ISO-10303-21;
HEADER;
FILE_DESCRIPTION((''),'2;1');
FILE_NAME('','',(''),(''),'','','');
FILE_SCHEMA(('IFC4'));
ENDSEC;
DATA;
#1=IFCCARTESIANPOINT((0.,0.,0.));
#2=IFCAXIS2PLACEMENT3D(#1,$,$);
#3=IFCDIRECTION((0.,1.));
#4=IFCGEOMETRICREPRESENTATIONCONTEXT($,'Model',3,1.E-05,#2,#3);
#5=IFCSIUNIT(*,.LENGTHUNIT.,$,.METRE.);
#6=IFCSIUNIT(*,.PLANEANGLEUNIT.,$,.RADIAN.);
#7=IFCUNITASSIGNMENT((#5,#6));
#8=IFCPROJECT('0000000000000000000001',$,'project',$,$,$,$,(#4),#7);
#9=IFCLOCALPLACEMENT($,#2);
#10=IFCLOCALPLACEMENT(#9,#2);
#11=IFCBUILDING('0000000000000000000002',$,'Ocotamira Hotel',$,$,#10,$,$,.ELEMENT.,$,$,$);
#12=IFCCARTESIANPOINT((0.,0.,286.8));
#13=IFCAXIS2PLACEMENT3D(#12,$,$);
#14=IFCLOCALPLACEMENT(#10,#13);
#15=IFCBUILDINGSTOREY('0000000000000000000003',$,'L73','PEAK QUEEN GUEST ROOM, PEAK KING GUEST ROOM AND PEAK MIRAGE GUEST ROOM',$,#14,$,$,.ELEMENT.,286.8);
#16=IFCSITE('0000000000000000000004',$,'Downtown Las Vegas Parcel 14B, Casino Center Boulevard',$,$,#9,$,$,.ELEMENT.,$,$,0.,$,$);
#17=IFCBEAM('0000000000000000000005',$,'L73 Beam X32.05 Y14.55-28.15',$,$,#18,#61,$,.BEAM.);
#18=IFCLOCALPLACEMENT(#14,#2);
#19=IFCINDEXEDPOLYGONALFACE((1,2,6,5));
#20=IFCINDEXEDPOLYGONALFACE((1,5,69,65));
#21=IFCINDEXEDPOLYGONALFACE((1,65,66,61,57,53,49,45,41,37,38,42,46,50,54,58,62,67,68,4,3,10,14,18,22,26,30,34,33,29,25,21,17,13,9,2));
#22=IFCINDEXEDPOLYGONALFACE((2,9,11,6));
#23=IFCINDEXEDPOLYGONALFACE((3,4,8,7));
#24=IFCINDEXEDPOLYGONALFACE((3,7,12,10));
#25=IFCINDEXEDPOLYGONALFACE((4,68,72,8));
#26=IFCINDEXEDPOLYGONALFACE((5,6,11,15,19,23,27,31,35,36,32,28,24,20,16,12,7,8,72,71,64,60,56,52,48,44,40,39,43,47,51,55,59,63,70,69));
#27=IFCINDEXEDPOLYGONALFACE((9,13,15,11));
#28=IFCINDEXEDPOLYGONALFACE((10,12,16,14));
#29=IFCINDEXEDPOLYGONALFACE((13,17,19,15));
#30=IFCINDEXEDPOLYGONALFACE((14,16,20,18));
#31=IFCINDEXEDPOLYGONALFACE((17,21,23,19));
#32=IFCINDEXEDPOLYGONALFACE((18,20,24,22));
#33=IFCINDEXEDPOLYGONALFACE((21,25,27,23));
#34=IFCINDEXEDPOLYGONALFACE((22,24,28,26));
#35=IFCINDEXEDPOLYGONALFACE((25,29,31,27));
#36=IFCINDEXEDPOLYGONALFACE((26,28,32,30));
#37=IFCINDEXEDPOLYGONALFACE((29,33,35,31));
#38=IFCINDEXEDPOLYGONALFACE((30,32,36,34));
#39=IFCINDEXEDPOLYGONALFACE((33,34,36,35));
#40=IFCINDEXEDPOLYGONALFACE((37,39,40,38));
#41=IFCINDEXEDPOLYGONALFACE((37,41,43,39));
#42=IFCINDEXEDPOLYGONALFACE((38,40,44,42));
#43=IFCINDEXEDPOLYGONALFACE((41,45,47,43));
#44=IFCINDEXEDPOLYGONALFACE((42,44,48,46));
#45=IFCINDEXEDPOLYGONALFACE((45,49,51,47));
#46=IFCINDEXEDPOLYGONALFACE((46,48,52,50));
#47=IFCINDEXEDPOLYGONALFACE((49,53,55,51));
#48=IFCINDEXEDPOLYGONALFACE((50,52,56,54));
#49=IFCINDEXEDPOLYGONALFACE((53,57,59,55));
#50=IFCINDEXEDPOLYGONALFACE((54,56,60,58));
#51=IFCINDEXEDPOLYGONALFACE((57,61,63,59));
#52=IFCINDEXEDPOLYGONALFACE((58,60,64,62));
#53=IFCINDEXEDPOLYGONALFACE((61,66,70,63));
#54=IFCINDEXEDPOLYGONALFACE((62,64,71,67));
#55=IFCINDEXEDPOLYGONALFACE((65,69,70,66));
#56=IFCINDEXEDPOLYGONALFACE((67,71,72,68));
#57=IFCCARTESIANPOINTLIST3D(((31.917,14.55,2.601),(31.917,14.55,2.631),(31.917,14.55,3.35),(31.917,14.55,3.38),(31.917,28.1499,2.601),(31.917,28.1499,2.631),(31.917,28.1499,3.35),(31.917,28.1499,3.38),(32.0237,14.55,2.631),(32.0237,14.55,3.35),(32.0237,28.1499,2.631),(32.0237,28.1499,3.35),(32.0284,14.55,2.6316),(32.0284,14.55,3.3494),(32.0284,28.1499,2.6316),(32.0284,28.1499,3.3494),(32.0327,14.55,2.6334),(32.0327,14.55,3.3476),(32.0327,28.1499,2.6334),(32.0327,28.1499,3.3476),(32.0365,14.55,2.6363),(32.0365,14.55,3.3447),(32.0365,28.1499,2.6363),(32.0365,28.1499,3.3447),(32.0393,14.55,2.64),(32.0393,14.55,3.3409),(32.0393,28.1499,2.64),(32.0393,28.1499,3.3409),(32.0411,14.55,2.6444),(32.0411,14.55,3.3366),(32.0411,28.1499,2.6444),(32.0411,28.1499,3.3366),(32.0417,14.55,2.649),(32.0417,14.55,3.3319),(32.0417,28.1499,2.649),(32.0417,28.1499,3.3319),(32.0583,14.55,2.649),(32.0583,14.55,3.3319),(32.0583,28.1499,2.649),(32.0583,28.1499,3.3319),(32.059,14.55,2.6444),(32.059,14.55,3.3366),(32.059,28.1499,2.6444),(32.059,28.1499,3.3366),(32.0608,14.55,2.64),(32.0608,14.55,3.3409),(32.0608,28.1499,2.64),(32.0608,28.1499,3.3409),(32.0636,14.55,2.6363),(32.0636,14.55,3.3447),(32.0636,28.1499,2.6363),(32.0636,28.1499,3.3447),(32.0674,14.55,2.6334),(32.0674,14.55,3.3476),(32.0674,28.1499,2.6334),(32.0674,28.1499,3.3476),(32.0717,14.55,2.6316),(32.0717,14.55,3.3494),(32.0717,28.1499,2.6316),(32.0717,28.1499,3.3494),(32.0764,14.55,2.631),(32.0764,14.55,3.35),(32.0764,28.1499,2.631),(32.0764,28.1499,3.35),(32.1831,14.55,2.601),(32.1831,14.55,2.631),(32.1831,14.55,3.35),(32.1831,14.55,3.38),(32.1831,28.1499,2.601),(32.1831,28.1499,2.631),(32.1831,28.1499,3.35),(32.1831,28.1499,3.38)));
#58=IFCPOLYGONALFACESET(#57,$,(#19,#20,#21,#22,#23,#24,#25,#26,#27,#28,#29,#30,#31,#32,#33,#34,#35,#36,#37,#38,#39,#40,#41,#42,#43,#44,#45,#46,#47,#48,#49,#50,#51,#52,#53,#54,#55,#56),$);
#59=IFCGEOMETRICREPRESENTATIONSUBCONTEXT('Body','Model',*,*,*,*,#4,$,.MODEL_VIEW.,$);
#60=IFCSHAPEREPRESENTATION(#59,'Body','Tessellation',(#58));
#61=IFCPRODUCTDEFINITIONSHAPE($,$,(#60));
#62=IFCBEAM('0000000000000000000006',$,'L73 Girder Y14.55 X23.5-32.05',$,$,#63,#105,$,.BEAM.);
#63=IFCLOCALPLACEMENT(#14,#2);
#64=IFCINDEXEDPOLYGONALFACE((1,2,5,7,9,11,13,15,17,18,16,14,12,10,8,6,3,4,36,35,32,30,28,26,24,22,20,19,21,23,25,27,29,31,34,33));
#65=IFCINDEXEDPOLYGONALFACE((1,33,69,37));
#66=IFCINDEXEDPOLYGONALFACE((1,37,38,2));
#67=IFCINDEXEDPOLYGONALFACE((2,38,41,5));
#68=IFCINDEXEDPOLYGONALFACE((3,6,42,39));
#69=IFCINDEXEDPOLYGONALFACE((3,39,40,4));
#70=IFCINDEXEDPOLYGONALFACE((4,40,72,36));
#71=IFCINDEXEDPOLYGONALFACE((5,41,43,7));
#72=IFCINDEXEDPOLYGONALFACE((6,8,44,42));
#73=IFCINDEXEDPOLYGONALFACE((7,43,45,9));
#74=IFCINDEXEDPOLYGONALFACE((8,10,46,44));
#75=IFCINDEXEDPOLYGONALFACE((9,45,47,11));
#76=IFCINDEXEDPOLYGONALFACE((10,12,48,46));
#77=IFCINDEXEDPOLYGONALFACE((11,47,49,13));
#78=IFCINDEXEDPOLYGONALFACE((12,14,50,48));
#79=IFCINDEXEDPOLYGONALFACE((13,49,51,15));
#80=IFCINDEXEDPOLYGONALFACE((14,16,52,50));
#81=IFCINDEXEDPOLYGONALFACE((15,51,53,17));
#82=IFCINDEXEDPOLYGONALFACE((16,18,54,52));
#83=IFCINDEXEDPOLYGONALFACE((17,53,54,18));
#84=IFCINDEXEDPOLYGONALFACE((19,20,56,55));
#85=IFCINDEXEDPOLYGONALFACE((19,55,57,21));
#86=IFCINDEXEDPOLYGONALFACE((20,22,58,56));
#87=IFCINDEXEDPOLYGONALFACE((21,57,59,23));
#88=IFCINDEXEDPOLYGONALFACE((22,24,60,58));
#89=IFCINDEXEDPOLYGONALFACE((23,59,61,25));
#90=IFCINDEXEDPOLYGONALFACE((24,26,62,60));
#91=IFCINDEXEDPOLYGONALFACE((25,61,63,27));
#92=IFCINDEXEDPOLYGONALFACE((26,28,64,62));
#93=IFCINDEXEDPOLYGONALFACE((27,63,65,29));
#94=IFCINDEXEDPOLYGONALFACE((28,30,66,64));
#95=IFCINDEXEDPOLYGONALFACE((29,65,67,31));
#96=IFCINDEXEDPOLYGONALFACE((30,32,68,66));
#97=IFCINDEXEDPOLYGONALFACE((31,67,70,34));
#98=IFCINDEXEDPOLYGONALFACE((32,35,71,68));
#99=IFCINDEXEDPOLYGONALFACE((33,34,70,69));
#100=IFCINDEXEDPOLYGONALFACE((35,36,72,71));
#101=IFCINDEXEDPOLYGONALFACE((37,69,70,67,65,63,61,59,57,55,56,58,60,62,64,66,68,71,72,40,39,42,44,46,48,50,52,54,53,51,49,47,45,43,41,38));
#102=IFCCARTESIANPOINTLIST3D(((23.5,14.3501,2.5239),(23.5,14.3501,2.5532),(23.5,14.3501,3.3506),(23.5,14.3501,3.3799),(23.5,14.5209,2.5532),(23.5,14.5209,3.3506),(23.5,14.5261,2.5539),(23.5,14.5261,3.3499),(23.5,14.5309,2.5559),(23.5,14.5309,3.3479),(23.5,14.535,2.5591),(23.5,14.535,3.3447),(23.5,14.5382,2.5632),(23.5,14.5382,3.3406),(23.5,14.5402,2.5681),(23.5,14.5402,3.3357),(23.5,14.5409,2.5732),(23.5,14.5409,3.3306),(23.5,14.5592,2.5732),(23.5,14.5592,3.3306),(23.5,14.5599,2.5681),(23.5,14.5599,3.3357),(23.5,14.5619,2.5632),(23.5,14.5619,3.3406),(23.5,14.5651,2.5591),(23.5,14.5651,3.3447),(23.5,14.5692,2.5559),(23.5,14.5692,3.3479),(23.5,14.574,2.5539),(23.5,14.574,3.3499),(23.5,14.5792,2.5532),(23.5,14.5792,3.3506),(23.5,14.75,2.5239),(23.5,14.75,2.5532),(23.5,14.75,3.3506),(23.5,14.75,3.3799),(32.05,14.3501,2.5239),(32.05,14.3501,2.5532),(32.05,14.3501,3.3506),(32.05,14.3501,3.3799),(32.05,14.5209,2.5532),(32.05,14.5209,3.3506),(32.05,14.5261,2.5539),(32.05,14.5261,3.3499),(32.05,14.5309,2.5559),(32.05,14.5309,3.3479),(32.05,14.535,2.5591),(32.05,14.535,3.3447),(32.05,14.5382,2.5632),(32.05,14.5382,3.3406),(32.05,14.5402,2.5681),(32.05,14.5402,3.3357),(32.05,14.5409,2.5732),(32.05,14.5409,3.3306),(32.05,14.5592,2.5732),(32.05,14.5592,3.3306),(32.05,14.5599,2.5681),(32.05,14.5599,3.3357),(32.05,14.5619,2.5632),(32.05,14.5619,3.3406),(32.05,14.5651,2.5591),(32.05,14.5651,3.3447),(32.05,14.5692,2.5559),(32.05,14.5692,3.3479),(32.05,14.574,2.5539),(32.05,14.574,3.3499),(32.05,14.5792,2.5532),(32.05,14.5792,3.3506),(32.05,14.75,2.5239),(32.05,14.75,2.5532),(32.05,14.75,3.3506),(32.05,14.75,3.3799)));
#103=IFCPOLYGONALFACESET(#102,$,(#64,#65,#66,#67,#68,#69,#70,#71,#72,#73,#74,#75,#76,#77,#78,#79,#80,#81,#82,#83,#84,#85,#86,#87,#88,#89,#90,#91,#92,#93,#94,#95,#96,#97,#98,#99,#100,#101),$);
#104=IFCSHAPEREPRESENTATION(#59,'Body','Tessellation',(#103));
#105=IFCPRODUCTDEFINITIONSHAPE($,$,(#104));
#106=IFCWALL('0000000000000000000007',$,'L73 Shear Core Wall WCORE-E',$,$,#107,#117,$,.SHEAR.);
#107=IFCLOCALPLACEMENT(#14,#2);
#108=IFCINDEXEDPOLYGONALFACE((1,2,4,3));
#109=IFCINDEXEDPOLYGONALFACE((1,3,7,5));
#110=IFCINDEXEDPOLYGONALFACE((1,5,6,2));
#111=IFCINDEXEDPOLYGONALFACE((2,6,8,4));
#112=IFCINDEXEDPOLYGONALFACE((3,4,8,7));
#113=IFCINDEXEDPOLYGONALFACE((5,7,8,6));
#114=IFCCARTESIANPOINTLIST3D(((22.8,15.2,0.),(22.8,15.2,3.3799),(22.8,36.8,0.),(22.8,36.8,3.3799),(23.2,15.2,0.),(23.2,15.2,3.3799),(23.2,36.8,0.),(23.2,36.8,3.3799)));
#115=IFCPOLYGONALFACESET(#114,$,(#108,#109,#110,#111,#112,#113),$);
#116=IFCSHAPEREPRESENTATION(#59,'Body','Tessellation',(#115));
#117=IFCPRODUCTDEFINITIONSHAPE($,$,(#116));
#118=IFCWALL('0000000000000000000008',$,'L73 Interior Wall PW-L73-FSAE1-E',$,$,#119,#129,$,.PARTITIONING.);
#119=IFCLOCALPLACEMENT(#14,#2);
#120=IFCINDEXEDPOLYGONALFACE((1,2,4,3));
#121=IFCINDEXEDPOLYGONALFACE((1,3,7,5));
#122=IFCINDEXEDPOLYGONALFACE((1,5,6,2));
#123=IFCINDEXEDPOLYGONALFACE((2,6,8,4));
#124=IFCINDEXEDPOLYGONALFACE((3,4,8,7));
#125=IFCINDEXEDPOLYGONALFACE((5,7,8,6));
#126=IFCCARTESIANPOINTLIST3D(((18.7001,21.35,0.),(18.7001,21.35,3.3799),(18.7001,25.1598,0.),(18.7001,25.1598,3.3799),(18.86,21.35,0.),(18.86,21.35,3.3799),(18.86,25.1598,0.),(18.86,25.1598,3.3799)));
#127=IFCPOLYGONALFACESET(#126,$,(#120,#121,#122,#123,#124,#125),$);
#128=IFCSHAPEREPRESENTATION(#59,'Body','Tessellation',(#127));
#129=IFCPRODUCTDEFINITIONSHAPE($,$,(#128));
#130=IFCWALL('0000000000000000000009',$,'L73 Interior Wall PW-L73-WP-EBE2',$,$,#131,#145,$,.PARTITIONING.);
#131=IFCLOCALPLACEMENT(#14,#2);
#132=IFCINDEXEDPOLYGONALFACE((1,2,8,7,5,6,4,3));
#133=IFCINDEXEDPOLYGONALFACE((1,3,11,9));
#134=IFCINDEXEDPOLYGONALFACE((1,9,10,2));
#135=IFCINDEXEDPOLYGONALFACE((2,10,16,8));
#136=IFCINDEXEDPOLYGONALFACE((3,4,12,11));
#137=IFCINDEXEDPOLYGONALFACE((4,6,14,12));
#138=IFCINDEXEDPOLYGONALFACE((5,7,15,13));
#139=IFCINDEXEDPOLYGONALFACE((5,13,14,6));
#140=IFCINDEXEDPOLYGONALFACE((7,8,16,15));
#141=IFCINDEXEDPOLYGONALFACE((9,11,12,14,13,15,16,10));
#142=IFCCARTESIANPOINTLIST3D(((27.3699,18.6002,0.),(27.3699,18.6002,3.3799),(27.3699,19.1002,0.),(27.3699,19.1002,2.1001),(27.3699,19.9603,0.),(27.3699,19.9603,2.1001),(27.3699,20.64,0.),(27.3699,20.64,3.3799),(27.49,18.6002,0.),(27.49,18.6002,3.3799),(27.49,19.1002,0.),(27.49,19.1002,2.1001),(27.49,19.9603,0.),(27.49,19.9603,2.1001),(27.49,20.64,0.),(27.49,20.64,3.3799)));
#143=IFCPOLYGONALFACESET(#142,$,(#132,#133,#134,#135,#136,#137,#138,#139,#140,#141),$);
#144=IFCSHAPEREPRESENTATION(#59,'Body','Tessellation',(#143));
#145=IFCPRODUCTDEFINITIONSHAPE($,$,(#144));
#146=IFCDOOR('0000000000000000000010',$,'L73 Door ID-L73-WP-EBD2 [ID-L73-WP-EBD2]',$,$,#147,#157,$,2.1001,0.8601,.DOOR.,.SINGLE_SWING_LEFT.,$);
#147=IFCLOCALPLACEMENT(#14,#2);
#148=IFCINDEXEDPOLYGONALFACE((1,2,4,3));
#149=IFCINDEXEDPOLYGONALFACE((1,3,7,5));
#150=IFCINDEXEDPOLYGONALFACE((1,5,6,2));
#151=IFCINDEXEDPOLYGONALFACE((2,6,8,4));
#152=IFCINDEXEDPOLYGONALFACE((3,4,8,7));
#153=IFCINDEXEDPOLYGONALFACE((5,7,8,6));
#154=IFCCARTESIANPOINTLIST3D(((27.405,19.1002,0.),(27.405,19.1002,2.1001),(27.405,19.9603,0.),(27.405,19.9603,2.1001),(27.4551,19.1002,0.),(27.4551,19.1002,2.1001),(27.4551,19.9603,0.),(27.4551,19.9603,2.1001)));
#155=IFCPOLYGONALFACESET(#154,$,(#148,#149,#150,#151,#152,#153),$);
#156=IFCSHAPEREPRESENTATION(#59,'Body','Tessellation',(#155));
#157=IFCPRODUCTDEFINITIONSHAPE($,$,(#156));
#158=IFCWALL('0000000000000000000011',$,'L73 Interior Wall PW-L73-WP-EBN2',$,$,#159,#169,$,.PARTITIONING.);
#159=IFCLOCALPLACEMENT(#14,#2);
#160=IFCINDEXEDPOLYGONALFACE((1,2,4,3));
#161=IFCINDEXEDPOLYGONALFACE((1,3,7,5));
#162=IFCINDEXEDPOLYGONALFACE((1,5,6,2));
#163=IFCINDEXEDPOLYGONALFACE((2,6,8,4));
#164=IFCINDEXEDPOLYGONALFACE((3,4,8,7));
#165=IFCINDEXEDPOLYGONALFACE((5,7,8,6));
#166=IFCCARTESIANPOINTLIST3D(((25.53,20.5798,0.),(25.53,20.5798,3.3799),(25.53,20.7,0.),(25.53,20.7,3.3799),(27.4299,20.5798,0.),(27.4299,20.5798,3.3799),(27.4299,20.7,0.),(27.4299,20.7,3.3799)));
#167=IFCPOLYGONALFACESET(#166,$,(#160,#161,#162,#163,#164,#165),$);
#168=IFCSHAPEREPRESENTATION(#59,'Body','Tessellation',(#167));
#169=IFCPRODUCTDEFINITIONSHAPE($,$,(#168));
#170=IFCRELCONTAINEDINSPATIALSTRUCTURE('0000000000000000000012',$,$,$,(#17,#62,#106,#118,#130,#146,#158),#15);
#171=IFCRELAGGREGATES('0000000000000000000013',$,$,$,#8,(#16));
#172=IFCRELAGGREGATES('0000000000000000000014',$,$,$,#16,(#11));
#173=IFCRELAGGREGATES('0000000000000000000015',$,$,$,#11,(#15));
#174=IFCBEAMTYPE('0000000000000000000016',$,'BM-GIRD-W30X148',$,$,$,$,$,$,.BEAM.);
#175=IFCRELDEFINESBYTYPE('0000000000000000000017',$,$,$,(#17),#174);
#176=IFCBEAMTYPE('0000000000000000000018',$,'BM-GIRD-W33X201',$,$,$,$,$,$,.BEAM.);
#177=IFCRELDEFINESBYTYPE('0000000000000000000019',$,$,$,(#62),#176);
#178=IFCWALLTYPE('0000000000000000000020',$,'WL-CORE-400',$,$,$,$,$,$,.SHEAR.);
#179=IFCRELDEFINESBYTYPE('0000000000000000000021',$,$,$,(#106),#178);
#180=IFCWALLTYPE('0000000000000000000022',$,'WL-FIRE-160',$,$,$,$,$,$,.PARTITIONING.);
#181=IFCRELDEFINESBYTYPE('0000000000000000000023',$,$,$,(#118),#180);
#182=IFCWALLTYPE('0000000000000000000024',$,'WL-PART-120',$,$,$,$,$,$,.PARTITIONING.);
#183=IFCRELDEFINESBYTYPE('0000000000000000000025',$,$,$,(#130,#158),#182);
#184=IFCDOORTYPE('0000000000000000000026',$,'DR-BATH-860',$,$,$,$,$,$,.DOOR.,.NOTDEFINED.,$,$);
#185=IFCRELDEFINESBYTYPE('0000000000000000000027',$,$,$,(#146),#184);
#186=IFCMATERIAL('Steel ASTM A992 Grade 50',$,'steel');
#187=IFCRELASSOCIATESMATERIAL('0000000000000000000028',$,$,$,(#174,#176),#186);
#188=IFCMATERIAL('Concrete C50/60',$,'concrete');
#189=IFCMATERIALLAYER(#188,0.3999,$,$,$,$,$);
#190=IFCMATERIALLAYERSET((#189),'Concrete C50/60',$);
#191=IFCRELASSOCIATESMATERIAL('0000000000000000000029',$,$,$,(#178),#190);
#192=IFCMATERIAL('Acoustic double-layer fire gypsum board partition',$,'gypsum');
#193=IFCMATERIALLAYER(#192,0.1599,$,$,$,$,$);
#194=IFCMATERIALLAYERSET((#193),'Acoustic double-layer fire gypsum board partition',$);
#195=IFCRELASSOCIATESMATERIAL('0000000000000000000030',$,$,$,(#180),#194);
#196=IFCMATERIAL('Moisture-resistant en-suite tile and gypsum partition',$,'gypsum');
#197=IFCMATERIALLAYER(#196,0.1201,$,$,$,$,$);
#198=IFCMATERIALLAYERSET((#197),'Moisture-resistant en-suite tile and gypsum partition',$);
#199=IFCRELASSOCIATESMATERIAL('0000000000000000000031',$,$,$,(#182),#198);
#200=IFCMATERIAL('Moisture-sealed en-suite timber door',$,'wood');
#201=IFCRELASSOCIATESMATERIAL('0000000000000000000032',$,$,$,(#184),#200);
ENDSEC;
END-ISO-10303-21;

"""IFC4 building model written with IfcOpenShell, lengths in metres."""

from ifc_helpers import new_model, si_unit, direction, frame, frame_2d, origin, origin_2d, place, context, subcontext, project, spatial, rectangle, i_section, extrude, source, transform, mapped, material, layer, layer_set, material_profile, profile_set, type_object, element, fill, save


model = new_model("IFC4")

# Units and contexts
model_context = context("Model", 3, precision=1e-05, world=origin(), true_north=direction((0.0, 1.0)))
body_context = subcontext(model_context, "Body", "Model", "MODEL_VIEW")
ifc_project = project(units=[si_unit("LENGTHUNIT", "METRE"), si_unit("PLANEANGLEUNIT", "RADIAN")], contexts=[model_context])

# Site, building, storey
site_placement = place(None, origin())
site = spatial("IfcSite", under=ifc_project, at=site_placement, Name="Downtown Las Vegas Parcel 14B, Casino Center Boulevard", CompositionType="ELEMENT", RefElevation=0.0)
building_placement = place(site_placement, origin())
building = spatial("IfcBuilding", under=site, at=building_placement, Name="Ocotamira Hotel", CompositionType="ELEMENT")
storey_placement = place(building_placement, frame((0.0, 0.0, 286.8)))
storey = spatial("IfcBuildingStorey", under=building, at=storey_placement, Name="L73", Description="PEAK QUEEN GUEST ROOM, PEAK KING GUEST ROOM AND PEAK MIRAGE GUEST ROOM", CompositionType="ELEMENT", Elevation=286.8)

# Shared definitions
ifc_material_1 = material(Name="Steel ASTM A992 Grade 50", Category="steel")

# Beams
ifc_material_profile_1 = material_profile(ifc_material_1, i_section(OverallWidth=0.2661, OverallDepth=0.7791, WebThickness=0.0166, FlangeThickness=0.03, FilletRadius=0.0181, at=origin_2d()), Name="W30X148")
ifc_profile_set_1 = profile_set([ifc_material_profile_1], Name="Steel ASTM A992 Grade 50")
beam_type_1 = type_object("IfcBeamType", Name="BM-GIRD-W30X148", PredefinedType="BEAM", material=ifc_profile_set_1)
shared_shape_1 = source(origin(), body_context, "Body", "SweptSolid", [
    extrude(i_section(OverallWidth=0.2661, OverallDepth=0.7791, WebThickness=0.0166, FlangeThickness=0.03, FilletRadius=0.0181, at=origin_2d()), origin(), (0.0, 0.0, 1.0), 13.5999),
])
for number, where, z_axis, x_axis, name in (
    (1, (32.05, 14.55, 2.9905), (0.0, 1.0, 0.0), (-1.0, 0.0, 0.0), "L73 Beam X32.05 Y14.55-28.15"),
):
    element("IfcBeam", number, at=place(storey_placement, frame(where, z_axis=z_axis, x_axis=x_axis)), inside=storey, type_object=beam_type_1, Name=name, PredefinedType="BEAM", context=body_context, shape_type="MappedRepresentation", body=[
        mapped(shared_shape_1, transform((0.0, 0.0, 0.0), scale=1.0)),
    ])
ifc_material_profile_2 = material_profile(ifc_material_1, i_section(OverallWidth=0.3999, OverallDepth=0.856, WebThickness=0.0183, FlangeThickness=0.0293, FilletRadius=0.02, at=origin_2d()), Name="W33X201")
ifc_profile_set_2 = profile_set([ifc_material_profile_2], Name="Steel ASTM A992 Grade 50")
beam_type_2 = type_object("IfcBeamType", Name="BM-GIRD-W33X201", PredefinedType="BEAM", material=ifc_profile_set_2)
shared_shape_2 = source(origin(), body_context, "Body", "SweptSolid", [
    extrude(i_section(OverallWidth=0.3999, OverallDepth=0.856, WebThickness=0.0183, FlangeThickness=0.0293, FilletRadius=0.02, at=origin_2d()), origin(), (0.0, 0.0, 1.0), 8.55),
])
beam_placement = place(storey_placement, frame((23.5, 14.55, 2.9519), z_axis=(1.0, 0.0, 0.0), x_axis=(0.0, 1.0, 0.0)))
element("IfcBeam", 2, at=beam_placement, inside=storey, type_object=beam_type_2, Name="L73 Girder Y14.55 X23.5-32.05", PredefinedType="BEAM", context=body_context, shape_type="MappedRepresentation", body=[
    mapped(shared_shape_2, transform((0.0, 0.0, 0.0), scale=1.0)),
])

# Walls
ifc_material_2 = material(Name="Concrete C50/60", Category="concrete")
ifc_layer_1 = layer(ifc_material_2, 0.3999)
ifc_layer_set_1 = layer_set([ifc_layer_1], Name="Concrete C50/60")
wall_type_1 = type_object("IfcWallType", Name="WL-CORE-400", PredefinedType="SHEAR", material=ifc_layer_set_1)
wall_1_placement = place(storey_placement, frame((23.0, 15.2, 0.0), z_axis=(0.0, 0.0, 1.0), x_axis=(0.0, 1.0, 0.0)))
element("IfcWall", 3, at=wall_1_placement, inside=storey, type_object=wall_type_1, Name="L73 Shear Core Wall WCORE-E", PredefinedType="SHEAR", context=body_context, shape_type="SweptSolid", body=[
    extrude(rectangle(XDim=21.6001, YDim=0.3999, at=frame_2d((10.8, 0.0))), origin(), (0.0, 0.0, 1.0), 3.3799),
])
ifc_material_3 = material(Name="Acoustic double-layer fire gypsum board partition", Category="gypsum")
ifc_layer_2 = layer(ifc_material_3, 0.1599)
ifc_layer_set_2 = layer_set([ifc_layer_2], Name="Acoustic double-layer fire gypsum board partition")
wall_type_2 = type_object("IfcWallType", Name="WL-FIRE-160", PredefinedType="PARTITIONING", material=ifc_layer_set_2)
wall_2_placement = place(storey_placement, frame((18.78, 21.3501, 0.0), z_axis=(0.0, 0.0, 1.0), x_axis=(0.0, 1.0, 0.0)))
element("IfcWall", 4, at=wall_2_placement, inside=storey, type_object=wall_type_2, Name="L73 Interior Wall PW-L73-FSAE1-E", PredefinedType="PARTITIONING", context=body_context, shape_type="SweptSolid", body=[
    extrude(rectangle(XDim=3.8098, YDim=0.1599, at=frame_2d((1.9048, 0.0))), origin(), (0.0, 0.0, 1.0), 3.3799),
])

# Wall, opening, door
ifc_material_4 = material(Name="Moisture-resistant en-suite tile and gypsum partition", Category="gypsum")
ifc_layer_3 = layer(ifc_material_4, 0.1201)
ifc_layer_set_3 = layer_set([ifc_layer_3], Name="Moisture-resistant en-suite tile and gypsum partition")
wall_type_3 = type_object("IfcWallType", Name="WL-PART-120", PredefinedType="PARTITIONING", material=ifc_layer_set_3)
wall_3_placement = place(storey_placement, frame((27.4299, 18.6001, 0.0), z_axis=(0.0, 0.0, 1.0), x_axis=(0.0, 1.0, 0.0)))
wall_3 = element("IfcWall", 5, at=wall_3_placement, inside=storey, type_object=wall_type_3, Name="L73 Interior Wall PW-L73-WP-EBE2", PredefinedType="PARTITIONING", context=body_context, shape_type="SweptSolid", body=[
    extrude(rectangle(XDim=2.0398, YDim=0.1201, at=frame_2d((1.02, 0.0))), origin(), (0.0, 0.0, 1.0), 3.3799),
])
opening_1_placement = place(wall_3_placement, frame((0.5, 0.0, 0.0)))
opening_1 = element("IfcOpeningElement", 6, at=opening_1_placement, cuts=wall_3, PredefinedType="OPENING", context=body_context, shape_type="SweptSolid", body=[
    extrude(rectangle(XDim=0.8601, YDim=2.1001, at=frame_2d((0.4302, 1.05))), frame((0.0, 0.0701, 0.0), z_axis=(0.0, -1.0, 0.0), x_axis=(1.0, 0.0, 0.0)), (0.0, 0.0, 1.0), 0.1401),
])
ifc_material_5 = material(Name="Moisture-sealed en-suite timber door", Category="wood")
door_type_1 = type_object("IfcDoorType", Name="DR-BATH-860", OperationType="NOTDEFINED", PredefinedType="DOOR", material=ifc_material_5)
shared_shape_3 = source(origin(), body_context, "Body", "SweptSolid", [
    extrude(rectangle(XDim=0.8601, YDim=2.1001, at=frame_2d((0.4302, 1.05))), frame((0.0, 0.0249, 0.0), z_axis=(0.0, -1.0, 0.0), x_axis=(1.0, 0.0, 0.0)), (0.0, 0.0, 1.0), 0.05),
])
door_1_placement = place(opening_1_placement, origin())
door_1 = element("IfcDoor", 7, at=door_1_placement, inside=storey, type_object=door_type_1, Name="L73 Door ID-L73-WP-EBD2 [ID-L73-WP-EBD2]", OperationType="SINGLE_SWING_LEFT", OverallHeight=2.1001, OverallWidth=0.8601, PredefinedType="DOOR", context=body_context, shape_type="MappedRepresentation", body=[
    mapped(shared_shape_3, transform((0.0, 0.0, 0.0), scale=1.0)),
])
fill(opening_1, door_1)

# Wall
wall_4_placement = place(storey_placement, frame((25.53, 20.6399, 0.0), z_axis=(0.0, 0.0, 1.0), x_axis=(1.0, 0.0, 0.0)))
element("IfcWall", 8, at=wall_4_placement, inside=storey, type_object=wall_type_3, Name="L73 Interior Wall PW-L73-WP-EBN2", PredefinedType="PARTITIONING", context=body_context, shape_type="SweptSolid", body=[
    extrude(rectangle(XDim=1.8999, YDim=0.1201, at=frame_2d((0.95, 0.0))), origin(), (0.0, 0.0, 1.0), 3.3799),
])

save(model, "model.ifc")
